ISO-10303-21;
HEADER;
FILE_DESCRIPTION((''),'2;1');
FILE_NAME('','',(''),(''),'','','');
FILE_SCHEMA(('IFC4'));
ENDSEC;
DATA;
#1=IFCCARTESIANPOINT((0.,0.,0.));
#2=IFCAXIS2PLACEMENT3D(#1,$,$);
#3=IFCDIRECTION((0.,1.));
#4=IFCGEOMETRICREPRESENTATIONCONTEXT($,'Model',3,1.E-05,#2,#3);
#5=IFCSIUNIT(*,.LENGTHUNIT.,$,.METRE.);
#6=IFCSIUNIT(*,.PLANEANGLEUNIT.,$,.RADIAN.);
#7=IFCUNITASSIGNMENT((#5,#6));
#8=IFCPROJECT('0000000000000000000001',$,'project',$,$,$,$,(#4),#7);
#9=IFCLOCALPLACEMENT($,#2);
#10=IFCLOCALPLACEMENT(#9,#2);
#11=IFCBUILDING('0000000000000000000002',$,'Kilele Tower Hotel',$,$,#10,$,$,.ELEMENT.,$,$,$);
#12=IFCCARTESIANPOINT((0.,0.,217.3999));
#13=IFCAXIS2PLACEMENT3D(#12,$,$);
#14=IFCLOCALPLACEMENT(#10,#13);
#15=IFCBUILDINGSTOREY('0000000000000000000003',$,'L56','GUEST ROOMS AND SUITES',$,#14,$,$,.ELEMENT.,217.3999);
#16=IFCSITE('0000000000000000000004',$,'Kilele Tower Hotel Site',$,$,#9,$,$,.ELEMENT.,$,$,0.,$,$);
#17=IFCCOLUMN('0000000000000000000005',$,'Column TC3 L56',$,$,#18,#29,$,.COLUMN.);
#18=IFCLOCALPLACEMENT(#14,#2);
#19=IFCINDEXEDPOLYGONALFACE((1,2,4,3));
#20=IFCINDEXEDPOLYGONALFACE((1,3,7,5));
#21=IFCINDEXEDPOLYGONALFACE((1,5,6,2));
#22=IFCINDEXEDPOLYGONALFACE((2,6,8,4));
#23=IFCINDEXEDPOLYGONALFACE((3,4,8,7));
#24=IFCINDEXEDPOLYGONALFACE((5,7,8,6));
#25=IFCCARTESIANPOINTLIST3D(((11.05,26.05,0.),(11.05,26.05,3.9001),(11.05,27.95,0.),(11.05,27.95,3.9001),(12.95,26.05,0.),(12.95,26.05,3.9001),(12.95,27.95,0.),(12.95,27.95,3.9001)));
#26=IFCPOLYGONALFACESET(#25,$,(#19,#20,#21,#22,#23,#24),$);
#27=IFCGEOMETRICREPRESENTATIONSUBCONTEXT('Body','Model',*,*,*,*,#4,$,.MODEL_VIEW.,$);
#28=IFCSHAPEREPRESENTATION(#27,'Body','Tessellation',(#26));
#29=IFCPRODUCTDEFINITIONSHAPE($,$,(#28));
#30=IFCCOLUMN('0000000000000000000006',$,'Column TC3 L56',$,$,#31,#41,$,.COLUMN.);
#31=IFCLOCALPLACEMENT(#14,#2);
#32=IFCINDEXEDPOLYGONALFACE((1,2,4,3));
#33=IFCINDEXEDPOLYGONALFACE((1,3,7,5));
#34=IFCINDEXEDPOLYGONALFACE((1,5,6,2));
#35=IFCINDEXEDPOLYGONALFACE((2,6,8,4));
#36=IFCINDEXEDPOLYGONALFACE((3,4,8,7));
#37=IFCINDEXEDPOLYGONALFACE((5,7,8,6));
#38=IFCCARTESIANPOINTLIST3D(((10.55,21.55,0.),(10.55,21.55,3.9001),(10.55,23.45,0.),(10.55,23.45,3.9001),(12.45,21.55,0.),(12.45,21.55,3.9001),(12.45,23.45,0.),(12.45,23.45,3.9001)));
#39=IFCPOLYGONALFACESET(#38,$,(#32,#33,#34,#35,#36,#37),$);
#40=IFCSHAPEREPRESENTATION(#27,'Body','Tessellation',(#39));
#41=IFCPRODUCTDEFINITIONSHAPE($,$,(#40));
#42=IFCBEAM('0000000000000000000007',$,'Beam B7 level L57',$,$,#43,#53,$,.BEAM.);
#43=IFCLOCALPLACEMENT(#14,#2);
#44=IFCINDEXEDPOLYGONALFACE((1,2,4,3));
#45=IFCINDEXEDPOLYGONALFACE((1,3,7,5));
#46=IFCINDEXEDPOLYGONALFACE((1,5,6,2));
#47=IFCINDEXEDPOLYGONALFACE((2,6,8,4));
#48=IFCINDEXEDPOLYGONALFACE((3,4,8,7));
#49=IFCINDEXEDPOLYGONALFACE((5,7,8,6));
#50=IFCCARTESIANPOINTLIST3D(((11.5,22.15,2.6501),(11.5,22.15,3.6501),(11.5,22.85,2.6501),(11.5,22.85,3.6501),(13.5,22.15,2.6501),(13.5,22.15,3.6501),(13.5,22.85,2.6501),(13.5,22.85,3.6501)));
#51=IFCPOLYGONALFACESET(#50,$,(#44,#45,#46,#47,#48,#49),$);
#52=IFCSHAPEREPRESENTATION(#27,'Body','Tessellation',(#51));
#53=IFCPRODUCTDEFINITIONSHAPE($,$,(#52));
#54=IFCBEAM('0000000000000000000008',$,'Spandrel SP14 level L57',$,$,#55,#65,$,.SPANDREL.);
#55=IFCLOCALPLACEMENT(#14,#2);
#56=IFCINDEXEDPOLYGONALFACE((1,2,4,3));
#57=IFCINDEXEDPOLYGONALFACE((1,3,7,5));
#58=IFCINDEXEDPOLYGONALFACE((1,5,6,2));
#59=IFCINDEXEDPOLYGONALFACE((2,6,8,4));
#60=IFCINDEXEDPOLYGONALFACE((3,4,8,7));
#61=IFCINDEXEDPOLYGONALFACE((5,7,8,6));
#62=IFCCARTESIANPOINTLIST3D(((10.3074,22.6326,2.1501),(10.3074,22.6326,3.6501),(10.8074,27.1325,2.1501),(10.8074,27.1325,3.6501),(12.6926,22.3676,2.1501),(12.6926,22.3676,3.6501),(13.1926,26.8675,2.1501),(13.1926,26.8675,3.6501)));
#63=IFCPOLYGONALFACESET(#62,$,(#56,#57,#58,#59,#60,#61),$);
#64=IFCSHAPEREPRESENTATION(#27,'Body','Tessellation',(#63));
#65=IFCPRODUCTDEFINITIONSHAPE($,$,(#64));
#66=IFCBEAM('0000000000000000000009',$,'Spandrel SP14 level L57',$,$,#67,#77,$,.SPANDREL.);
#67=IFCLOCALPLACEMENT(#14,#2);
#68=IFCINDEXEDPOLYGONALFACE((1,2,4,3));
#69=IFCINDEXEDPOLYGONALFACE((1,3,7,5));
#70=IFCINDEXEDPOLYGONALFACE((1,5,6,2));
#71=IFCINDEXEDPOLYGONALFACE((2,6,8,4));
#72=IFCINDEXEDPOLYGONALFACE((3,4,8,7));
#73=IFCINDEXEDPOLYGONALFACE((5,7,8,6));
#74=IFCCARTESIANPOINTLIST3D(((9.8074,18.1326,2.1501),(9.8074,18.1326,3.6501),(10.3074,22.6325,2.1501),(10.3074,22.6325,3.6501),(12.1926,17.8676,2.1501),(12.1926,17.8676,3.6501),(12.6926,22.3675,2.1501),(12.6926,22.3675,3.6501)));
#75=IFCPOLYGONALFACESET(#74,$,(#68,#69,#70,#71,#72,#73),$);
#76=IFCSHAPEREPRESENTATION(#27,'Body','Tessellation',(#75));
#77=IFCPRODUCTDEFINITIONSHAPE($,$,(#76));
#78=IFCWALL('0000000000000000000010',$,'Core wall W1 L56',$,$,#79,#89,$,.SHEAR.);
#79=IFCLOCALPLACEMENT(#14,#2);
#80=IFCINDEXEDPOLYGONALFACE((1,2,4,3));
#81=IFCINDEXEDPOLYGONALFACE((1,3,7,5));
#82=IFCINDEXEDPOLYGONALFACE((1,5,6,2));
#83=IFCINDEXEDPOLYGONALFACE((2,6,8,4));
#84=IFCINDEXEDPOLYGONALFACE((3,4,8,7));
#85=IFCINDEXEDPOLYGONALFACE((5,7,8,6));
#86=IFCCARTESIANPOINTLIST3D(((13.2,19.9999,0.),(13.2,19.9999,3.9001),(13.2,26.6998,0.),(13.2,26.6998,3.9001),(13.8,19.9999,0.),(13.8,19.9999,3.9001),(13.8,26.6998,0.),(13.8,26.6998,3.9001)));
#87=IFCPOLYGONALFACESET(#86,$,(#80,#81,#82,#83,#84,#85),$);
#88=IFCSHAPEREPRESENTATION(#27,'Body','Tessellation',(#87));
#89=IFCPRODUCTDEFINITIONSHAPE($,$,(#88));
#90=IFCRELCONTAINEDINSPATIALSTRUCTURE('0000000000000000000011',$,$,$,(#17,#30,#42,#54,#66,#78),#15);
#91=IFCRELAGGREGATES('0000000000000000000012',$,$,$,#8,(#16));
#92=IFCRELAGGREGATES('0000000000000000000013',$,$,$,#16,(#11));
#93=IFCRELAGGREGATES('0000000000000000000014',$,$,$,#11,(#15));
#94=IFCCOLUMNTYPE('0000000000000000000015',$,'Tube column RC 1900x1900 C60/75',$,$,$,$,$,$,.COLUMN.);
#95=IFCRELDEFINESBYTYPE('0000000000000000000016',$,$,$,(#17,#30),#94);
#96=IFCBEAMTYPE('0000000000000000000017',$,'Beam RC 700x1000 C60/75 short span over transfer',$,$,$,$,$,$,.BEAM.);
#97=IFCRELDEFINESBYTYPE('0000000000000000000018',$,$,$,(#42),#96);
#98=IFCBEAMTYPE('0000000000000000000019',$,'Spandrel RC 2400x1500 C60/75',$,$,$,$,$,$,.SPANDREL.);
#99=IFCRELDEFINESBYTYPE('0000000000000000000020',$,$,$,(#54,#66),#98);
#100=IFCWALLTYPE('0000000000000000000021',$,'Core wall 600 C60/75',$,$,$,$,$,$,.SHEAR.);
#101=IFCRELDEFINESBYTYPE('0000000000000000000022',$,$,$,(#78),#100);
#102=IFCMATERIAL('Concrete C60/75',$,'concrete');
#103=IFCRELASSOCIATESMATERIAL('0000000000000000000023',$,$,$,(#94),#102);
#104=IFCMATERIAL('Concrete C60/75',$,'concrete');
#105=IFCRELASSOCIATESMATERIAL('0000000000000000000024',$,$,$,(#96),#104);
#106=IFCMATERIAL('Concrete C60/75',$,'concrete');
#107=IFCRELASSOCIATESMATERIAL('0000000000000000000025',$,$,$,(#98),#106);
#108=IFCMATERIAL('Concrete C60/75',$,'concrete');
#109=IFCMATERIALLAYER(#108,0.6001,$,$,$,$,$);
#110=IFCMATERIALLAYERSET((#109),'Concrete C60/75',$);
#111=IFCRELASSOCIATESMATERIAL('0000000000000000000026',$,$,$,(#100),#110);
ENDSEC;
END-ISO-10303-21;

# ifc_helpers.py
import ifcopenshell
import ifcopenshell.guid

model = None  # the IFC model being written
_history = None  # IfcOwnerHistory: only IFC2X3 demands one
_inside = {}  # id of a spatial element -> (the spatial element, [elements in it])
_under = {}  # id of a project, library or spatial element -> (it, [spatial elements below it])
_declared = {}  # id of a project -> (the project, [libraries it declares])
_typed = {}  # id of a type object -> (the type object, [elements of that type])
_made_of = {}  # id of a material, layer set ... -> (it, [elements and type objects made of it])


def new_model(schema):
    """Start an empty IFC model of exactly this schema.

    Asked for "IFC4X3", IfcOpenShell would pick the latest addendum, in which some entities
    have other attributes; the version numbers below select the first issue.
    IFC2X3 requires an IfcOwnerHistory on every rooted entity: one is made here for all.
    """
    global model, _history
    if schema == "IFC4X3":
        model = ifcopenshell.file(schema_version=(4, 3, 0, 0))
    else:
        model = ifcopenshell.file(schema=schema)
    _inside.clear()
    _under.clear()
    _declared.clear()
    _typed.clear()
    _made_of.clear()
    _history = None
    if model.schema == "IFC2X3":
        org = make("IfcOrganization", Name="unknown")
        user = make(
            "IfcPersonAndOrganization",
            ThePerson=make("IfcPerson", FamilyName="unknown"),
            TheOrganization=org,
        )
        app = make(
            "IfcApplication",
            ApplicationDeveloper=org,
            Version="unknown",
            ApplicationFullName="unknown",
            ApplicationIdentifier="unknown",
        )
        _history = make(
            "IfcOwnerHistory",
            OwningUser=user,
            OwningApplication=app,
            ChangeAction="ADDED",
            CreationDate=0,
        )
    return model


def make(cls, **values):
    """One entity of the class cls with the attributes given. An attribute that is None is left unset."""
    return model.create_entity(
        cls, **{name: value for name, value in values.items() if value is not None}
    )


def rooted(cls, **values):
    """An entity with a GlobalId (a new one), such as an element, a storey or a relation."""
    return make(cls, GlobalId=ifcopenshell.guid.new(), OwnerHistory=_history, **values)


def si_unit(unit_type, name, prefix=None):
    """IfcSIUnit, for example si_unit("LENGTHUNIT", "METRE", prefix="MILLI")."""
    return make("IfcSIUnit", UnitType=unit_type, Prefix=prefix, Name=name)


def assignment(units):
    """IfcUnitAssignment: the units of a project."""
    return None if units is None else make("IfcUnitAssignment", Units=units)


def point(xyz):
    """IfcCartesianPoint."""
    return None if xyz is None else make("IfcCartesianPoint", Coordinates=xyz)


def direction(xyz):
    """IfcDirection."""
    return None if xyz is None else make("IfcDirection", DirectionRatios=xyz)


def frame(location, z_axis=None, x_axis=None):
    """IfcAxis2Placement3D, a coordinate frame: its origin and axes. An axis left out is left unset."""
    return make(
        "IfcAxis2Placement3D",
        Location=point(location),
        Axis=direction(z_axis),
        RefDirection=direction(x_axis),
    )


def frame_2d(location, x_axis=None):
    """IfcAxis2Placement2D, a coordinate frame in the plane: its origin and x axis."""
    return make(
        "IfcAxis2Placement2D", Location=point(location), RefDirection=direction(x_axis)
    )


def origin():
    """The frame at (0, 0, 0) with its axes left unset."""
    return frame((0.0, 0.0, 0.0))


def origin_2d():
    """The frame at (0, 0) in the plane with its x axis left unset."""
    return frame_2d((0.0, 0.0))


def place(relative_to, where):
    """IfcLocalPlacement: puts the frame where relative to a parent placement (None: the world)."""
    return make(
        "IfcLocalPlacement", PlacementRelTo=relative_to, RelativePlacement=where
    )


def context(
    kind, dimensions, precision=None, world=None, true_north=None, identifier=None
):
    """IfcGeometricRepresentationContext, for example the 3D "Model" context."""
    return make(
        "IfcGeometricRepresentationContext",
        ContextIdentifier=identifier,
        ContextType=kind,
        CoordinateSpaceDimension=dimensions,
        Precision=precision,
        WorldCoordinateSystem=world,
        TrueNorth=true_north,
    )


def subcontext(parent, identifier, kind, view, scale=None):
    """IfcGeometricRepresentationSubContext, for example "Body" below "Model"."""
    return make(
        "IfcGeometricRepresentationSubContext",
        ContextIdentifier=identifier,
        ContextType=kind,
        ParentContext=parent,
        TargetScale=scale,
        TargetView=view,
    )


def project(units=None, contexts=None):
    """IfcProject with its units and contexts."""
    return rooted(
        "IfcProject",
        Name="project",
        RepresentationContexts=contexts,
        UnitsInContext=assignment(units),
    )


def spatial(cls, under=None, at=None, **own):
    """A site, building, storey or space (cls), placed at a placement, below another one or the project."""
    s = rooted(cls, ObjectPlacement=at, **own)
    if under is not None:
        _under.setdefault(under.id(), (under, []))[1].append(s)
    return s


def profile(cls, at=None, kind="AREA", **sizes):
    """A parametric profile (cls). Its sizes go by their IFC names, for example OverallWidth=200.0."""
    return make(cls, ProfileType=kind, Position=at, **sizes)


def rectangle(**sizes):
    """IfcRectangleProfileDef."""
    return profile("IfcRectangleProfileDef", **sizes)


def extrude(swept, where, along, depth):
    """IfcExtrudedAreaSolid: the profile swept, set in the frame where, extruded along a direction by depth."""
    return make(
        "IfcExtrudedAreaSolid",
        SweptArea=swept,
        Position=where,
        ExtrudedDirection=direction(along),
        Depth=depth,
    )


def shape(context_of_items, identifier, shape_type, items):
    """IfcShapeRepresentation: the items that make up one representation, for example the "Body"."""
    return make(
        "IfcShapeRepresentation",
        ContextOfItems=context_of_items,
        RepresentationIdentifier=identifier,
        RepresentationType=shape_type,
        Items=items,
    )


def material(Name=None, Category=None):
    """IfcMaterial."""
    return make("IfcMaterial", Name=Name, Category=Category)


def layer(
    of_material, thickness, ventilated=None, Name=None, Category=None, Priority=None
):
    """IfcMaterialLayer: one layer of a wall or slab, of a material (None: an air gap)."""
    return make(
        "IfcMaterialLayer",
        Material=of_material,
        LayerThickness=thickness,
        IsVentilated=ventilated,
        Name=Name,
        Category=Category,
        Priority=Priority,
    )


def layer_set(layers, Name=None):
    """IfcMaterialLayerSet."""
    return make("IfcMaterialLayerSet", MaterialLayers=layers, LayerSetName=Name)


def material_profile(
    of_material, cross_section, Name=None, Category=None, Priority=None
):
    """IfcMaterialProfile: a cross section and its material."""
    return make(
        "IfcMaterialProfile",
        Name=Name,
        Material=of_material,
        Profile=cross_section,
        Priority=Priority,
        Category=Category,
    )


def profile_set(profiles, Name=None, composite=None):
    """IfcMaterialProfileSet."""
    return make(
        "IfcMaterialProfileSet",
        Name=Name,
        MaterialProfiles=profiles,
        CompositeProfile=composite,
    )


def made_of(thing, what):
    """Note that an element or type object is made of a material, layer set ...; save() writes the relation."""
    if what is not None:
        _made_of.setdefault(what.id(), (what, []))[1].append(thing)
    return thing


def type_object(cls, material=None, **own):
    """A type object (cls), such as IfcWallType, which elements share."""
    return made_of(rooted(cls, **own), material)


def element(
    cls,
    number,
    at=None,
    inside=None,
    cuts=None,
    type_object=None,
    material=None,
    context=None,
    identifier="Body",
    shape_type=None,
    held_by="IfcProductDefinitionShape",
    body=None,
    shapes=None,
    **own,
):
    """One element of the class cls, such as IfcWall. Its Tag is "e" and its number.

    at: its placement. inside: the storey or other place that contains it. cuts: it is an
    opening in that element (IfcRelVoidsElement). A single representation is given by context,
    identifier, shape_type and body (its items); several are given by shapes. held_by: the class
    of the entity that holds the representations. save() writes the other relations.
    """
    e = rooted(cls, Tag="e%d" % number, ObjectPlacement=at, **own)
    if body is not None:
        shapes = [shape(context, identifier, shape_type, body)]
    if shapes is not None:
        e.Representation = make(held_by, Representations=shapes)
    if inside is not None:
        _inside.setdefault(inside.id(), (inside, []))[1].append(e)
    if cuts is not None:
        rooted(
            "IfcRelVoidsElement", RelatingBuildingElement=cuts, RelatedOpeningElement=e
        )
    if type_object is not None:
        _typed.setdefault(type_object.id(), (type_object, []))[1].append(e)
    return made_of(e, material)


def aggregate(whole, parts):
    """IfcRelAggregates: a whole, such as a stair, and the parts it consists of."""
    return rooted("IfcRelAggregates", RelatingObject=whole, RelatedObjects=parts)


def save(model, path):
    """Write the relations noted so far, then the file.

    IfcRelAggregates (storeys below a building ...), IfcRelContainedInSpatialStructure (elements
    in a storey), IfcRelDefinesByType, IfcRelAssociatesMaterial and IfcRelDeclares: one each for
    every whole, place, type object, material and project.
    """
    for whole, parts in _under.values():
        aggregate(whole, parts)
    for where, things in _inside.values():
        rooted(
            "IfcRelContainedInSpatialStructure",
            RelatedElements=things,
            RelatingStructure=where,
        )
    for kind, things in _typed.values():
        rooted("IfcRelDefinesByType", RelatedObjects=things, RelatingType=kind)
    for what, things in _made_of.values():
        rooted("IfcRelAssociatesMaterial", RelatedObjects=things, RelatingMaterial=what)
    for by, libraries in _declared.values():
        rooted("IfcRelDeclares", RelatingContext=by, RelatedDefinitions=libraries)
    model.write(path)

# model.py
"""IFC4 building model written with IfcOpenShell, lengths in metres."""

from ifc_helpers import new_model, si_unit, direction, frame, frame_2d, origin, origin_2d, place, context, subcontext, project, spatial, rectangle, extrude, material, layer, layer_set, material_profile, profile_set, type_object, element, save


model = new_model("IFC4")

# Units and contexts
model_context = context("Model", 3, precision=1e-05, world=origin(), true_north=direction((0.0, 1.0)))
body_context = subcontext(model_context, "Body", "Model", "MODEL_VIEW")
ifc_project = project(units=[si_unit("LENGTHUNIT", "METRE"), si_unit("PLANEANGLEUNIT", "RADIAN")], contexts=[model_context])

# Site, building, storey
site_placement = place(None, origin())
site = spatial("IfcSite", under=ifc_project, at=site_placement, Name="Kilele Tower Hotel Site", CompositionType="ELEMENT", RefElevation=0.0)
building_placement = place(site_placement, origin())
building = spatial("IfcBuilding", under=site, at=building_placement, Name="Kilele Tower Hotel", CompositionType="ELEMENT")
storey_placement = place(building_placement, frame((0.0, 0.0, 217.3999)))
storey = spatial("IfcBuildingStorey", under=building, at=storey_placement, Name="L56", Description="GUEST ROOMS AND SUITES", CompositionType="ELEMENT", Elevation=217.3999)

# Columns
ifc_material_1 = material(Name="Concrete C60/75", Category="concrete")
ifc_material_profile_1 = material_profile(ifc_material_1, rectangle(XDim=1.8999, YDim=1.8999, at=origin_2d()))
ifc_profile_set_1 = profile_set([ifc_material_profile_1], Name="Concrete C60/75")
column_type = type_object("IfcColumnType", Name="Tube column RC 1900x1900 C60/75", PredefinedType="COLUMN", material=ifc_profile_set_1)
for number, where, z_axis, x_axis, name in (
    (1, (12.0, 27.0, 0.0), (0.0, 0.0, 1.0), (1.0, 0.0, 0.0), "Column TC3 L56"),
    (2, (11.5, 22.5, 0.0), (0.0, 0.0, 1.0), (1.0, 0.0, 0.0), "Column TC3 L56"),
):
    element("IfcColumn", number, at=place(storey_placement, frame(where, z_axis=z_axis, x_axis=x_axis)), inside=storey, type_object=column_type, Name=name, PredefinedType="COLUMN", context=body_context, shape_type="SweptSolid", body=[
        extrude(rectangle(XDim=1.8999, YDim=1.8999, at=origin_2d()), origin(), (0.0, 0.0, 1.0), 3.9001),
    ])

# Beams
ifc_material_2 = material(Name="Concrete C60/75", Category="concrete")
ifc_material_profile_2 = material_profile(ifc_material_2, rectangle(XDim=0.7, YDim=1.0, at=origin_2d()))
ifc_profile_set_2 = profile_set([ifc_material_profile_2], Name="Concrete C60/75")
beam_type_1 = type_object("IfcBeamType", Name="Beam RC 700x1000 C60/75 short span over transfer", PredefinedType="BEAM", material=ifc_profile_set_2)
beam_placement = place(storey_placement, frame((11.5, 22.5, 3.1501), z_axis=(1.0, 0.0, 0.0), x_axis=(0.0, 1.0, 0.0)))
element("IfcBeam", 3, at=beam_placement, inside=storey, type_object=beam_type_1, Name="Beam B7 level L57", PredefinedType="BEAM", context=body_context, shape_type="SweptSolid", body=[
    extrude(rectangle(XDim=0.7, YDim=1.0, at=origin_2d()), origin(), (0.0, 0.0, 1.0), 2.0),
])
ifc_material_3 = material(Name="Concrete C60/75", Category="concrete")
ifc_material_profile_3 = material_profile(ifc_material_3, rectangle(XDim=2.3999, YDim=1.5, at=origin_2d()))
ifc_profile_set_3 = profile_set([ifc_material_profile_3], Name="Concrete C60/75")
beam_type_2 = type_object("IfcBeamType", Name="Spandrel RC 2400x1500 C60/75", PredefinedType="SPANDREL", material=ifc_profile_set_3)
for number, where, z_axis, x_axis, name in (
    (4, (12.0, 27.0, 2.9001), (-0.110432, -0.993884, 0.0), (0.993884, -0.110432, 0.0), "Spandrel SP14 level L57"),
    (5, (11.5, 22.5, 2.9001), (-0.110432, -0.993884, 0.0), (0.993884, -0.110432, 0.0), "Spandrel SP14 level L57"),
):
    element("IfcBeam", number, at=place(storey_placement, frame(where, z_axis=z_axis, x_axis=x_axis)), inside=storey, type_object=beam_type_2, Name=name, PredefinedType="SPANDREL", context=body_context, shape_type="SweptSolid", body=[
        extrude(rectangle(XDim=2.3999, YDim=1.5, at=origin_2d()), origin(), (0.0, 0.0, 1.0), 4.5276),
    ])

# Wall
ifc_material_4 = material(Name="Concrete C60/75", Category="concrete")
ifc_layer_1 = layer(ifc_material_4, 0.6001)
ifc_layer_set_1 = layer_set([ifc_layer_1], Name="Concrete C60/75")
wall_type_1 = type_object("IfcWallType", Name="Core wall 600 C60/75", PredefinedType="SHEAR", material=ifc_layer_set_1)
wall_1_placement = place(storey_placement, frame((13.5, 26.7, 0.0), z_axis=(0.0, 0.0, 1.0), x_axis=(0.0, -1.0, 0.0)))
element("IfcWall", 6, at=wall_1_placement, inside=storey, type_object=wall_type_1, Name="Core wall W1 L56", PredefinedType="SHEAR", context=body_context, shape_type="SweptSolid", body=[
    extrude(rectangle(XDim=6.7, YDim=0.6001, at=frame_2d((3.3501, 0.0))), origin(), (0.0, 0.0, 1.0), 3.9001),
])

save(model, "model.ifc")
